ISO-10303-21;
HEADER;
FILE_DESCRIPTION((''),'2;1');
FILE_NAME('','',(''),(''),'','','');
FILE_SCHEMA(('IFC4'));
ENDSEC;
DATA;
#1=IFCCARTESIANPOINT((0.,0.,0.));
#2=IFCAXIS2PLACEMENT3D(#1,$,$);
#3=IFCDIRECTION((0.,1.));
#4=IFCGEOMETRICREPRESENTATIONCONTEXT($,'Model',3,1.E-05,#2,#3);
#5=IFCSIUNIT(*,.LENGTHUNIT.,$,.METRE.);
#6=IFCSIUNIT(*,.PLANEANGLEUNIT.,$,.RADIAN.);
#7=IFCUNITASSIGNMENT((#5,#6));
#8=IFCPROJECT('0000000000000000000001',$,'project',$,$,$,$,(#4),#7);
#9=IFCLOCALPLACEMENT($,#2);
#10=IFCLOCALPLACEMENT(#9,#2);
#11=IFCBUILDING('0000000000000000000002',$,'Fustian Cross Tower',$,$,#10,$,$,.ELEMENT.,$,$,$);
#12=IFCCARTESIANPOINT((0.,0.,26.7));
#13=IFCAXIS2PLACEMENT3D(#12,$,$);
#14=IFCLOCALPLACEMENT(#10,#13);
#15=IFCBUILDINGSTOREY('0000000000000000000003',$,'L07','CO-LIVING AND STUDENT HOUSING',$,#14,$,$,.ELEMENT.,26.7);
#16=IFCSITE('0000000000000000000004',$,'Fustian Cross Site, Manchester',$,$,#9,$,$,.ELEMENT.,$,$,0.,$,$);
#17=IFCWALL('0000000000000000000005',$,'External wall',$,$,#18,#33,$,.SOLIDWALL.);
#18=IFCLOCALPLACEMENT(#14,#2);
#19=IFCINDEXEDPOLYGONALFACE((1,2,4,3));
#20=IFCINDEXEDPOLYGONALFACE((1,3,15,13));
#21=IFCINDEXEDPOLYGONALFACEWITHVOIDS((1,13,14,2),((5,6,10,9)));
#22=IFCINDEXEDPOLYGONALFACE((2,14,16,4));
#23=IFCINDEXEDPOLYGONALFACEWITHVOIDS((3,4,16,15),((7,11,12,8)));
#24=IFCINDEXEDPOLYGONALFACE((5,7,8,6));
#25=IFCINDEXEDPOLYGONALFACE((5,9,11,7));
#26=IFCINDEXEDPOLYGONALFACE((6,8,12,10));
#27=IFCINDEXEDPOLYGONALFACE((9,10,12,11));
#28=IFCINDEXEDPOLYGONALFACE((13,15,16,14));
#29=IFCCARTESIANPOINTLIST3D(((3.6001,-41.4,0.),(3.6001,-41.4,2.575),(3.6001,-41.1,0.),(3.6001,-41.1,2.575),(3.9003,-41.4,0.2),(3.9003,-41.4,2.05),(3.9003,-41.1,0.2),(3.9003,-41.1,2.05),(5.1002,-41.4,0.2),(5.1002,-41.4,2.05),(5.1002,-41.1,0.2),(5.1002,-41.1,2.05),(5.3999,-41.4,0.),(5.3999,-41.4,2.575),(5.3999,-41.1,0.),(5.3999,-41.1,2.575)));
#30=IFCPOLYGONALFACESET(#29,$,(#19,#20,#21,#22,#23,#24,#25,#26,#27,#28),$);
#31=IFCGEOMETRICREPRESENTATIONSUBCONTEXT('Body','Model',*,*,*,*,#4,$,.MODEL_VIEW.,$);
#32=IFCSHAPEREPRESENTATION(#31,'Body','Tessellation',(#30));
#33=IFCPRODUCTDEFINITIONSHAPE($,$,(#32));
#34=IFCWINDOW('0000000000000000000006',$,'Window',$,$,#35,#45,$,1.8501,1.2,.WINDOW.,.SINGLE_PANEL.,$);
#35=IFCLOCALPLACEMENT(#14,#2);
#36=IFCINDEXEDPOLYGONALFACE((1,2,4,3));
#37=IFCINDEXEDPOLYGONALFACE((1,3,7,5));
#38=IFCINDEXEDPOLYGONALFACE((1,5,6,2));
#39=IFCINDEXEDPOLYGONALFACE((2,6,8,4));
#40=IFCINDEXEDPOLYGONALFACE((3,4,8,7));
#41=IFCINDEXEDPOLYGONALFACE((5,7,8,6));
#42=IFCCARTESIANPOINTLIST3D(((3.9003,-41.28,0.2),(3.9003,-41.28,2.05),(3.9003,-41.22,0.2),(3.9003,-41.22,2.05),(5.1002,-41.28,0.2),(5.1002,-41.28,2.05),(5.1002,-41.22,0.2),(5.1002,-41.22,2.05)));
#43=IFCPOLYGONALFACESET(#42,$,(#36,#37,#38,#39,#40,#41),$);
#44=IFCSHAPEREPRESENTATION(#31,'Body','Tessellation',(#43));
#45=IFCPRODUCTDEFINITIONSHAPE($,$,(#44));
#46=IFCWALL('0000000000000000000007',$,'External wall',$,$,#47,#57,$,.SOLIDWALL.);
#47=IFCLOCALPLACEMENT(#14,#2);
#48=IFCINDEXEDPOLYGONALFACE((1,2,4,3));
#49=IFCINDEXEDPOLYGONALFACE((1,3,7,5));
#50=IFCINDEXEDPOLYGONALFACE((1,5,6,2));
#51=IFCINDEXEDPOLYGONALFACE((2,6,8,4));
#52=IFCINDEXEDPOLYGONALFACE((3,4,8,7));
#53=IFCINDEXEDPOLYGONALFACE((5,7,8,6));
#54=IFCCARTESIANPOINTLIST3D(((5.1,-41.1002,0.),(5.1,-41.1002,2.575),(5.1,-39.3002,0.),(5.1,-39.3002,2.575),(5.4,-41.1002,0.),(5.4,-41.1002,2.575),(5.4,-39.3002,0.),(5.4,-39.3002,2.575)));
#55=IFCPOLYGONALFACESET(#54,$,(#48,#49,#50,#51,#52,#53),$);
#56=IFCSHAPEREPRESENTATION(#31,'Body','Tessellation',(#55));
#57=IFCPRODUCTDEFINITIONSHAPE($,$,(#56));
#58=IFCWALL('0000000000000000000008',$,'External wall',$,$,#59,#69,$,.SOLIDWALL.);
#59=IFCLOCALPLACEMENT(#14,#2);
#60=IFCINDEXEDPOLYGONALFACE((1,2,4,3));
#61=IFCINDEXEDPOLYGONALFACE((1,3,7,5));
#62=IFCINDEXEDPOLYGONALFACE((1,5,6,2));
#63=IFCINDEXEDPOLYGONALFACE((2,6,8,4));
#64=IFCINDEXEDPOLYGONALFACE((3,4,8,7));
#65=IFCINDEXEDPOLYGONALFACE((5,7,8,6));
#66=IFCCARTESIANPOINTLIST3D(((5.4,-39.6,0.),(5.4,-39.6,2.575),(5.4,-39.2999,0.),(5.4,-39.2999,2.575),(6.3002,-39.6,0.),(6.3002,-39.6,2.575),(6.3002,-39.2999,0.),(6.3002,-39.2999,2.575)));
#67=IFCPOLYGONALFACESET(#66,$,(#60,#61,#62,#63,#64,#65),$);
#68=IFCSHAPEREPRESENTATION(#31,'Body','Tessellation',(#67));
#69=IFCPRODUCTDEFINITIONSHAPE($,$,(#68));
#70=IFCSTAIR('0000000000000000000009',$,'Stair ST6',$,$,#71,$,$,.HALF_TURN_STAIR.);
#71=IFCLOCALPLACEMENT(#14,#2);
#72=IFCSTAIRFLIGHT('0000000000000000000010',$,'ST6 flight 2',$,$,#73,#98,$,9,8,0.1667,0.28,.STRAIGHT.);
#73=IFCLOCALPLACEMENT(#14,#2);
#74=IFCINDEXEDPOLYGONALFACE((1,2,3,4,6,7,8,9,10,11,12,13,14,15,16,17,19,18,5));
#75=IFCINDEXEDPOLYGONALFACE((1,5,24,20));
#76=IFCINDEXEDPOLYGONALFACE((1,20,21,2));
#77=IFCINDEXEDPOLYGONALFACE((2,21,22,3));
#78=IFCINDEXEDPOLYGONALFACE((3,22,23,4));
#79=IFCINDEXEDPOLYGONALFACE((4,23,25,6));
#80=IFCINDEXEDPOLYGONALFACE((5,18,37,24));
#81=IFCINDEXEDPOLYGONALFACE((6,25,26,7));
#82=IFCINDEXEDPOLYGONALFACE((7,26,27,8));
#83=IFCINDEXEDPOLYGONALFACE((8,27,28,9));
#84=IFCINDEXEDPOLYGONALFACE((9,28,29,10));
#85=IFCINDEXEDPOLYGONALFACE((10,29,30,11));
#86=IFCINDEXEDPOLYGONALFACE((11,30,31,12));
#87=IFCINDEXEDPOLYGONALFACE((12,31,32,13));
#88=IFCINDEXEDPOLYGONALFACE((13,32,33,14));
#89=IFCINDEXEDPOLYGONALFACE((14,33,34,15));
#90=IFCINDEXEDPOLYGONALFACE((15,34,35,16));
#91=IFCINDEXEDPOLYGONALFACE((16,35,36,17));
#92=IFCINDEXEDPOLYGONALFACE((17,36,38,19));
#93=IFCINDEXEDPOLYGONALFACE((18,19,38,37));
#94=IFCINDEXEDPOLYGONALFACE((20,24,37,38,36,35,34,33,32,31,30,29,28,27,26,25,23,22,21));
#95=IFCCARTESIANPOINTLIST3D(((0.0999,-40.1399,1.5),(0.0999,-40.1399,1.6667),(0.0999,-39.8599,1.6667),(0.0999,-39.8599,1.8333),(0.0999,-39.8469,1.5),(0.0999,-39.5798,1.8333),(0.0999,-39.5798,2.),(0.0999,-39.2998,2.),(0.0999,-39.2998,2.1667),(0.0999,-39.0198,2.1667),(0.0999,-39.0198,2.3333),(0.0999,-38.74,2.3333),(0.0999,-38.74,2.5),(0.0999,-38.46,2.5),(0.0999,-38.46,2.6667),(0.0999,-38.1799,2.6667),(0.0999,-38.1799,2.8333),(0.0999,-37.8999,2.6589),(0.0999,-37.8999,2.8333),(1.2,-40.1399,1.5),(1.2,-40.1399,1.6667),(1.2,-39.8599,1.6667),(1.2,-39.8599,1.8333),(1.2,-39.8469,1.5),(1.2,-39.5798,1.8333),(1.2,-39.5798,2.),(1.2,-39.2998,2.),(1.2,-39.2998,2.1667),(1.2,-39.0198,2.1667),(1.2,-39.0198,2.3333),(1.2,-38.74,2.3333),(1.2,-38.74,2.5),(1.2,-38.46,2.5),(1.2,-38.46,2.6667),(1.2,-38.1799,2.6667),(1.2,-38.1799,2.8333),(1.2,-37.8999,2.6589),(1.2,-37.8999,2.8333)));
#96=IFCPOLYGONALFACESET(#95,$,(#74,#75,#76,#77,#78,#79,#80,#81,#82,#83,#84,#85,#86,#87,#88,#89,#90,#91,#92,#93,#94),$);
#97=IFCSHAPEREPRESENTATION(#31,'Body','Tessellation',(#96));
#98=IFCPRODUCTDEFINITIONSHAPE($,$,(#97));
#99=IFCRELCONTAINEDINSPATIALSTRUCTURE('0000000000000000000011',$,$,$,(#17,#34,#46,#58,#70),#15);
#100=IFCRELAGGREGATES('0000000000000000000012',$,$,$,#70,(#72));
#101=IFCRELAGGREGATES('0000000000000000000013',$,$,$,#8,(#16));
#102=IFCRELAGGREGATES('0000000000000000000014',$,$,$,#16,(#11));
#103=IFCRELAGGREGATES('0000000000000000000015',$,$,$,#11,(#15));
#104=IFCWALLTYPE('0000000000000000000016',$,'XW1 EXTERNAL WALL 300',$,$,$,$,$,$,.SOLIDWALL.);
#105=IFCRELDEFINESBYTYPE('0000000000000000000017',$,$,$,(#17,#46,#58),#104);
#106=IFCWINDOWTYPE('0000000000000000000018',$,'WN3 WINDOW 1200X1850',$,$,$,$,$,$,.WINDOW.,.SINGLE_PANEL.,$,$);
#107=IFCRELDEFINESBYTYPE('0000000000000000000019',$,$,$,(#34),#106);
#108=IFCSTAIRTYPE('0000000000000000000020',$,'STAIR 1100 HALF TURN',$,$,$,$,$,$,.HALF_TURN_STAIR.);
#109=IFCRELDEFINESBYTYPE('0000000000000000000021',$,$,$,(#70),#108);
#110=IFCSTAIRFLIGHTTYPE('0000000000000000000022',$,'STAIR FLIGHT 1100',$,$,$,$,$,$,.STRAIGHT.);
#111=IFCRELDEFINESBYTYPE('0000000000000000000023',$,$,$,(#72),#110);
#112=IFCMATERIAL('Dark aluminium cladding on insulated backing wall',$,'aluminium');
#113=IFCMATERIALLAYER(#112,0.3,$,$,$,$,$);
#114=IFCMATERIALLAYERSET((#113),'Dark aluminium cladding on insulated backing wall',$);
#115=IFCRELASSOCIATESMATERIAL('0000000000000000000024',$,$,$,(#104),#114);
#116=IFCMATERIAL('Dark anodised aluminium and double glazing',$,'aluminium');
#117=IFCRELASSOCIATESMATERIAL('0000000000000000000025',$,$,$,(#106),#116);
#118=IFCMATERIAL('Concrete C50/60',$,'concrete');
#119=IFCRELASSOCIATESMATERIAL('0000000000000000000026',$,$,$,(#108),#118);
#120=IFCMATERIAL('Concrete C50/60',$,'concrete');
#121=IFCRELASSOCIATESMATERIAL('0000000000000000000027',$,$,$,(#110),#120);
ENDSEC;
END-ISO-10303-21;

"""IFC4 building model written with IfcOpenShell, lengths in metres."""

from ifc_helpers import new_model, si_unit, direction, frame, frame_2d, origin, place, context, subcontext, project, spatial, polyline, rectangle, outline, extrude, material, layer, layer_set, type_object, element, fill, aggregate, save


model = new_model("IFC4")

# Units and contexts
model_context = context("Model", 3, precision=1e-05, world=origin(), true_north=direction((0.0, 1.0)))
body_context = subcontext(model_context, "Body", "Model", "MODEL_VIEW")
ifc_project = project(units=[si_unit("LENGTHUNIT", "METRE"), si_unit("PLANEANGLEUNIT", "RADIAN")], contexts=[model_context])

# Site, building, storey
site_placement = place(None, origin())
site = spatial("IfcSite", under=ifc_project, at=site_placement, Name="Fustian Cross Site, Manchester", CompositionType="ELEMENT", RefElevation=0.0)
building_placement = place(site_placement, origin())
building = spatial("IfcBuilding", under=site, at=building_placement, Name="Fustian Cross Tower", CompositionType="ELEMENT")
storey_placement = place(building_placement, frame((0.0, 0.0, 26.7)))
storey = spatial("IfcBuildingStorey", under=building, at=storey_placement, Name="L07", Description="CO-LIVING AND STUDENT HOUSING", CompositionType="ELEMENT", Elevation=26.7)

# Shared definitions
ifc_material_1 = material(Name="Dark aluminium cladding on insulated backing wall", Category="aluminium")
ifc_layer_1 = layer(ifc_material_1, 0.3)
ifc_layer_set_1 = layer_set([ifc_layer_1], Name="Dark aluminium cladding on insulated backing wall")
wall_type_1 = type_object("IfcWallType", Name="XW1 EXTERNAL WALL 300", PredefinedType="SOLIDWALL", material=ifc_layer_set_1)

# Wall, opening, window
wall_1_placement = place(storey_placement, frame((3.6001, -41.25, 0.0), z_axis=(0.0, 0.0, 1.0), x_axis=(1.0, 0.0, 0.0)))
wall_1 = element("IfcWall", 1, at=wall_1_placement, inside=storey, type_object=wall_type_1, Name="External wall", PredefinedType="SOLIDWALL", context=body_context, shape_type="SweptSolid", body=[
    extrude(rectangle(XDim=1.7998, YDim=0.3, at=frame_2d((0.8999, 0.0))), origin(), (0.0, 0.0, 1.0), 2.575),
])
opening_1_placement = place(wall_1_placement, frame((0.3, 0.0, 0.2)))
opening_1 = element("IfcOpeningElement", 2, at=opening_1_placement, cuts=wall_1, PredefinedType="OPENING", context=body_context, shape_type="SweptSolid", body=[
    extrude(rectangle(XDim=1.2, YDim=1.8501, at=frame_2d((0.6001, 0.925))), frame((0.0, 0.1599, 0.0), z_axis=(0.0, -1.0, 0.0), x_axis=(1.0, 0.0, 0.0)), (0.0, 0.0, 1.0), 0.3201),
])
ifc_material_2 = material(Name="Dark anodised aluminium and double glazing", Category="aluminium")
window_type = type_object("IfcWindowType", Name="WN3 WINDOW 1200X1850", PartitioningType="SINGLE_PANEL", PredefinedType="WINDOW", material=ifc_material_2)
window_placement = place(opening_1_placement, origin())
window = element("IfcWindow", 3, at=window_placement, inside=storey, type_object=window_type, Name="Window", OverallHeight=1.8501, OverallWidth=1.2, PartitioningType="SINGLE_PANEL", PredefinedType="WINDOW", context=body_context, shape_type="SweptSolid", body=[
    extrude(rectangle(XDim=1.2, YDim=1.8501, at=frame_2d((0.6001, 0.925))), frame((0.0, 0.03, 0.0), z_axis=(0.0, -1.0, 0.0), x_axis=(1.0, 0.0, 0.0)), (0.0, 0.0, 1.0), 0.0601),
])
fill(opening_1, window)

# Walls
wall_2_placement = place(storey_placement, frame((5.25, -41.1001, 0.0), z_axis=(0.0, 0.0, 1.0), x_axis=(0.0, 1.0, 0.0)))
element("IfcWall", 4, at=wall_2_placement, inside=storey, type_object=wall_type_1, Name="External wall", PredefinedType="SOLIDWALL", context=body_context, shape_type="SweptSolid", body=[
    extrude(rectangle(XDim=1.8, YDim=0.3, at=frame_2d((0.8999, 0.0))), origin(), (0.0, 0.0, 1.0), 2.575),
])
wall_3_placement = place(storey_placement, frame((5.3999, -39.45, 0.0), z_axis=(0.0, 0.0, 1.0), x_axis=(1.0, 0.0, 0.0)))
element("IfcWall", 5, at=wall_3_placement, inside=storey, type_object=wall_type_1, Name="External wall", PredefinedType="SOLIDWALL", context=body_context, shape_type="SweptSolid", body=[
    extrude(rectangle(XDim=0.9001, YDim=0.3, at=frame_2d((0.4502, 0.0))), origin(), (0.0, 0.0, 1.0), 2.575),
])

# Stair, stair flight
ifc_material_3 = material(Name="Concrete C50/60", Category="concrete")
stair_type = type_object("IfcStairType", Name="STAIR 1100 HALF TURN", PredefinedType="HALF_TURN_STAIR", material=ifc_material_3)
stair_placement = place(storey_placement, origin())
stair = element("IfcStair", 6, at=stair_placement, inside=storey, type_object=stair_type, Name="Stair ST6", PredefinedType="HALF_TURN_STAIR")
ifc_material_4 = material(Name="Concrete C50/60", Category="concrete")
stair_flight_type = type_object("IfcStairFlightType", Name="STAIR FLIGHT 1100", PredefinedType="STRAIGHT", material=ifc_material_4)
stair_flight_placement = place(storey_placement, frame((0.6499, -40.1399, 1.5), z_axis=(0.0, 0.0, 1.0), x_axis=(0.0, 1.0, 0.0)))
stair_flight = element("IfcStairFlight", 7, at=stair_flight_placement, type_object=stair_flight_type, Name="ST6 flight 2", NumberOfRisers=9, NumberOfTreads=8, PredefinedType="STRAIGHT", RiserHeight=0.1667, TreadLength=0.28, context=body_context, shape_type="SweptSolid", body=[
    extrude(outline(polyline([(0.0, 0.0), (0.0, 0.1667), (0.28, 0.1667), (0.28, 0.3333), (0.5601, 0.3333), (0.5601, 0.5), (0.8401, 0.5), (0.8401, 0.6667), (1.1201, 0.6667), (1.1201, 0.8333), (1.3999, 0.8333), (1.3999, 1.0), (1.6799, 1.0), (1.6799, 1.1667), (1.96, 1.1667), (1.96, 1.3333), (2.24, 1.3333), (2.24, 1.5), (2.24, 1.1589), (0.293, 0.0), (0.0, 0.0)])), frame((0.0, 0.55, 0.0), z_axis=(0.0, -1.0, 0.0), x_axis=(1.0, 0.0, 0.0)), (0.0, 0.0, 1.0), 1.1001),
])
aggregate(stair, [stair_flight])

save(model, "model.ifc")
